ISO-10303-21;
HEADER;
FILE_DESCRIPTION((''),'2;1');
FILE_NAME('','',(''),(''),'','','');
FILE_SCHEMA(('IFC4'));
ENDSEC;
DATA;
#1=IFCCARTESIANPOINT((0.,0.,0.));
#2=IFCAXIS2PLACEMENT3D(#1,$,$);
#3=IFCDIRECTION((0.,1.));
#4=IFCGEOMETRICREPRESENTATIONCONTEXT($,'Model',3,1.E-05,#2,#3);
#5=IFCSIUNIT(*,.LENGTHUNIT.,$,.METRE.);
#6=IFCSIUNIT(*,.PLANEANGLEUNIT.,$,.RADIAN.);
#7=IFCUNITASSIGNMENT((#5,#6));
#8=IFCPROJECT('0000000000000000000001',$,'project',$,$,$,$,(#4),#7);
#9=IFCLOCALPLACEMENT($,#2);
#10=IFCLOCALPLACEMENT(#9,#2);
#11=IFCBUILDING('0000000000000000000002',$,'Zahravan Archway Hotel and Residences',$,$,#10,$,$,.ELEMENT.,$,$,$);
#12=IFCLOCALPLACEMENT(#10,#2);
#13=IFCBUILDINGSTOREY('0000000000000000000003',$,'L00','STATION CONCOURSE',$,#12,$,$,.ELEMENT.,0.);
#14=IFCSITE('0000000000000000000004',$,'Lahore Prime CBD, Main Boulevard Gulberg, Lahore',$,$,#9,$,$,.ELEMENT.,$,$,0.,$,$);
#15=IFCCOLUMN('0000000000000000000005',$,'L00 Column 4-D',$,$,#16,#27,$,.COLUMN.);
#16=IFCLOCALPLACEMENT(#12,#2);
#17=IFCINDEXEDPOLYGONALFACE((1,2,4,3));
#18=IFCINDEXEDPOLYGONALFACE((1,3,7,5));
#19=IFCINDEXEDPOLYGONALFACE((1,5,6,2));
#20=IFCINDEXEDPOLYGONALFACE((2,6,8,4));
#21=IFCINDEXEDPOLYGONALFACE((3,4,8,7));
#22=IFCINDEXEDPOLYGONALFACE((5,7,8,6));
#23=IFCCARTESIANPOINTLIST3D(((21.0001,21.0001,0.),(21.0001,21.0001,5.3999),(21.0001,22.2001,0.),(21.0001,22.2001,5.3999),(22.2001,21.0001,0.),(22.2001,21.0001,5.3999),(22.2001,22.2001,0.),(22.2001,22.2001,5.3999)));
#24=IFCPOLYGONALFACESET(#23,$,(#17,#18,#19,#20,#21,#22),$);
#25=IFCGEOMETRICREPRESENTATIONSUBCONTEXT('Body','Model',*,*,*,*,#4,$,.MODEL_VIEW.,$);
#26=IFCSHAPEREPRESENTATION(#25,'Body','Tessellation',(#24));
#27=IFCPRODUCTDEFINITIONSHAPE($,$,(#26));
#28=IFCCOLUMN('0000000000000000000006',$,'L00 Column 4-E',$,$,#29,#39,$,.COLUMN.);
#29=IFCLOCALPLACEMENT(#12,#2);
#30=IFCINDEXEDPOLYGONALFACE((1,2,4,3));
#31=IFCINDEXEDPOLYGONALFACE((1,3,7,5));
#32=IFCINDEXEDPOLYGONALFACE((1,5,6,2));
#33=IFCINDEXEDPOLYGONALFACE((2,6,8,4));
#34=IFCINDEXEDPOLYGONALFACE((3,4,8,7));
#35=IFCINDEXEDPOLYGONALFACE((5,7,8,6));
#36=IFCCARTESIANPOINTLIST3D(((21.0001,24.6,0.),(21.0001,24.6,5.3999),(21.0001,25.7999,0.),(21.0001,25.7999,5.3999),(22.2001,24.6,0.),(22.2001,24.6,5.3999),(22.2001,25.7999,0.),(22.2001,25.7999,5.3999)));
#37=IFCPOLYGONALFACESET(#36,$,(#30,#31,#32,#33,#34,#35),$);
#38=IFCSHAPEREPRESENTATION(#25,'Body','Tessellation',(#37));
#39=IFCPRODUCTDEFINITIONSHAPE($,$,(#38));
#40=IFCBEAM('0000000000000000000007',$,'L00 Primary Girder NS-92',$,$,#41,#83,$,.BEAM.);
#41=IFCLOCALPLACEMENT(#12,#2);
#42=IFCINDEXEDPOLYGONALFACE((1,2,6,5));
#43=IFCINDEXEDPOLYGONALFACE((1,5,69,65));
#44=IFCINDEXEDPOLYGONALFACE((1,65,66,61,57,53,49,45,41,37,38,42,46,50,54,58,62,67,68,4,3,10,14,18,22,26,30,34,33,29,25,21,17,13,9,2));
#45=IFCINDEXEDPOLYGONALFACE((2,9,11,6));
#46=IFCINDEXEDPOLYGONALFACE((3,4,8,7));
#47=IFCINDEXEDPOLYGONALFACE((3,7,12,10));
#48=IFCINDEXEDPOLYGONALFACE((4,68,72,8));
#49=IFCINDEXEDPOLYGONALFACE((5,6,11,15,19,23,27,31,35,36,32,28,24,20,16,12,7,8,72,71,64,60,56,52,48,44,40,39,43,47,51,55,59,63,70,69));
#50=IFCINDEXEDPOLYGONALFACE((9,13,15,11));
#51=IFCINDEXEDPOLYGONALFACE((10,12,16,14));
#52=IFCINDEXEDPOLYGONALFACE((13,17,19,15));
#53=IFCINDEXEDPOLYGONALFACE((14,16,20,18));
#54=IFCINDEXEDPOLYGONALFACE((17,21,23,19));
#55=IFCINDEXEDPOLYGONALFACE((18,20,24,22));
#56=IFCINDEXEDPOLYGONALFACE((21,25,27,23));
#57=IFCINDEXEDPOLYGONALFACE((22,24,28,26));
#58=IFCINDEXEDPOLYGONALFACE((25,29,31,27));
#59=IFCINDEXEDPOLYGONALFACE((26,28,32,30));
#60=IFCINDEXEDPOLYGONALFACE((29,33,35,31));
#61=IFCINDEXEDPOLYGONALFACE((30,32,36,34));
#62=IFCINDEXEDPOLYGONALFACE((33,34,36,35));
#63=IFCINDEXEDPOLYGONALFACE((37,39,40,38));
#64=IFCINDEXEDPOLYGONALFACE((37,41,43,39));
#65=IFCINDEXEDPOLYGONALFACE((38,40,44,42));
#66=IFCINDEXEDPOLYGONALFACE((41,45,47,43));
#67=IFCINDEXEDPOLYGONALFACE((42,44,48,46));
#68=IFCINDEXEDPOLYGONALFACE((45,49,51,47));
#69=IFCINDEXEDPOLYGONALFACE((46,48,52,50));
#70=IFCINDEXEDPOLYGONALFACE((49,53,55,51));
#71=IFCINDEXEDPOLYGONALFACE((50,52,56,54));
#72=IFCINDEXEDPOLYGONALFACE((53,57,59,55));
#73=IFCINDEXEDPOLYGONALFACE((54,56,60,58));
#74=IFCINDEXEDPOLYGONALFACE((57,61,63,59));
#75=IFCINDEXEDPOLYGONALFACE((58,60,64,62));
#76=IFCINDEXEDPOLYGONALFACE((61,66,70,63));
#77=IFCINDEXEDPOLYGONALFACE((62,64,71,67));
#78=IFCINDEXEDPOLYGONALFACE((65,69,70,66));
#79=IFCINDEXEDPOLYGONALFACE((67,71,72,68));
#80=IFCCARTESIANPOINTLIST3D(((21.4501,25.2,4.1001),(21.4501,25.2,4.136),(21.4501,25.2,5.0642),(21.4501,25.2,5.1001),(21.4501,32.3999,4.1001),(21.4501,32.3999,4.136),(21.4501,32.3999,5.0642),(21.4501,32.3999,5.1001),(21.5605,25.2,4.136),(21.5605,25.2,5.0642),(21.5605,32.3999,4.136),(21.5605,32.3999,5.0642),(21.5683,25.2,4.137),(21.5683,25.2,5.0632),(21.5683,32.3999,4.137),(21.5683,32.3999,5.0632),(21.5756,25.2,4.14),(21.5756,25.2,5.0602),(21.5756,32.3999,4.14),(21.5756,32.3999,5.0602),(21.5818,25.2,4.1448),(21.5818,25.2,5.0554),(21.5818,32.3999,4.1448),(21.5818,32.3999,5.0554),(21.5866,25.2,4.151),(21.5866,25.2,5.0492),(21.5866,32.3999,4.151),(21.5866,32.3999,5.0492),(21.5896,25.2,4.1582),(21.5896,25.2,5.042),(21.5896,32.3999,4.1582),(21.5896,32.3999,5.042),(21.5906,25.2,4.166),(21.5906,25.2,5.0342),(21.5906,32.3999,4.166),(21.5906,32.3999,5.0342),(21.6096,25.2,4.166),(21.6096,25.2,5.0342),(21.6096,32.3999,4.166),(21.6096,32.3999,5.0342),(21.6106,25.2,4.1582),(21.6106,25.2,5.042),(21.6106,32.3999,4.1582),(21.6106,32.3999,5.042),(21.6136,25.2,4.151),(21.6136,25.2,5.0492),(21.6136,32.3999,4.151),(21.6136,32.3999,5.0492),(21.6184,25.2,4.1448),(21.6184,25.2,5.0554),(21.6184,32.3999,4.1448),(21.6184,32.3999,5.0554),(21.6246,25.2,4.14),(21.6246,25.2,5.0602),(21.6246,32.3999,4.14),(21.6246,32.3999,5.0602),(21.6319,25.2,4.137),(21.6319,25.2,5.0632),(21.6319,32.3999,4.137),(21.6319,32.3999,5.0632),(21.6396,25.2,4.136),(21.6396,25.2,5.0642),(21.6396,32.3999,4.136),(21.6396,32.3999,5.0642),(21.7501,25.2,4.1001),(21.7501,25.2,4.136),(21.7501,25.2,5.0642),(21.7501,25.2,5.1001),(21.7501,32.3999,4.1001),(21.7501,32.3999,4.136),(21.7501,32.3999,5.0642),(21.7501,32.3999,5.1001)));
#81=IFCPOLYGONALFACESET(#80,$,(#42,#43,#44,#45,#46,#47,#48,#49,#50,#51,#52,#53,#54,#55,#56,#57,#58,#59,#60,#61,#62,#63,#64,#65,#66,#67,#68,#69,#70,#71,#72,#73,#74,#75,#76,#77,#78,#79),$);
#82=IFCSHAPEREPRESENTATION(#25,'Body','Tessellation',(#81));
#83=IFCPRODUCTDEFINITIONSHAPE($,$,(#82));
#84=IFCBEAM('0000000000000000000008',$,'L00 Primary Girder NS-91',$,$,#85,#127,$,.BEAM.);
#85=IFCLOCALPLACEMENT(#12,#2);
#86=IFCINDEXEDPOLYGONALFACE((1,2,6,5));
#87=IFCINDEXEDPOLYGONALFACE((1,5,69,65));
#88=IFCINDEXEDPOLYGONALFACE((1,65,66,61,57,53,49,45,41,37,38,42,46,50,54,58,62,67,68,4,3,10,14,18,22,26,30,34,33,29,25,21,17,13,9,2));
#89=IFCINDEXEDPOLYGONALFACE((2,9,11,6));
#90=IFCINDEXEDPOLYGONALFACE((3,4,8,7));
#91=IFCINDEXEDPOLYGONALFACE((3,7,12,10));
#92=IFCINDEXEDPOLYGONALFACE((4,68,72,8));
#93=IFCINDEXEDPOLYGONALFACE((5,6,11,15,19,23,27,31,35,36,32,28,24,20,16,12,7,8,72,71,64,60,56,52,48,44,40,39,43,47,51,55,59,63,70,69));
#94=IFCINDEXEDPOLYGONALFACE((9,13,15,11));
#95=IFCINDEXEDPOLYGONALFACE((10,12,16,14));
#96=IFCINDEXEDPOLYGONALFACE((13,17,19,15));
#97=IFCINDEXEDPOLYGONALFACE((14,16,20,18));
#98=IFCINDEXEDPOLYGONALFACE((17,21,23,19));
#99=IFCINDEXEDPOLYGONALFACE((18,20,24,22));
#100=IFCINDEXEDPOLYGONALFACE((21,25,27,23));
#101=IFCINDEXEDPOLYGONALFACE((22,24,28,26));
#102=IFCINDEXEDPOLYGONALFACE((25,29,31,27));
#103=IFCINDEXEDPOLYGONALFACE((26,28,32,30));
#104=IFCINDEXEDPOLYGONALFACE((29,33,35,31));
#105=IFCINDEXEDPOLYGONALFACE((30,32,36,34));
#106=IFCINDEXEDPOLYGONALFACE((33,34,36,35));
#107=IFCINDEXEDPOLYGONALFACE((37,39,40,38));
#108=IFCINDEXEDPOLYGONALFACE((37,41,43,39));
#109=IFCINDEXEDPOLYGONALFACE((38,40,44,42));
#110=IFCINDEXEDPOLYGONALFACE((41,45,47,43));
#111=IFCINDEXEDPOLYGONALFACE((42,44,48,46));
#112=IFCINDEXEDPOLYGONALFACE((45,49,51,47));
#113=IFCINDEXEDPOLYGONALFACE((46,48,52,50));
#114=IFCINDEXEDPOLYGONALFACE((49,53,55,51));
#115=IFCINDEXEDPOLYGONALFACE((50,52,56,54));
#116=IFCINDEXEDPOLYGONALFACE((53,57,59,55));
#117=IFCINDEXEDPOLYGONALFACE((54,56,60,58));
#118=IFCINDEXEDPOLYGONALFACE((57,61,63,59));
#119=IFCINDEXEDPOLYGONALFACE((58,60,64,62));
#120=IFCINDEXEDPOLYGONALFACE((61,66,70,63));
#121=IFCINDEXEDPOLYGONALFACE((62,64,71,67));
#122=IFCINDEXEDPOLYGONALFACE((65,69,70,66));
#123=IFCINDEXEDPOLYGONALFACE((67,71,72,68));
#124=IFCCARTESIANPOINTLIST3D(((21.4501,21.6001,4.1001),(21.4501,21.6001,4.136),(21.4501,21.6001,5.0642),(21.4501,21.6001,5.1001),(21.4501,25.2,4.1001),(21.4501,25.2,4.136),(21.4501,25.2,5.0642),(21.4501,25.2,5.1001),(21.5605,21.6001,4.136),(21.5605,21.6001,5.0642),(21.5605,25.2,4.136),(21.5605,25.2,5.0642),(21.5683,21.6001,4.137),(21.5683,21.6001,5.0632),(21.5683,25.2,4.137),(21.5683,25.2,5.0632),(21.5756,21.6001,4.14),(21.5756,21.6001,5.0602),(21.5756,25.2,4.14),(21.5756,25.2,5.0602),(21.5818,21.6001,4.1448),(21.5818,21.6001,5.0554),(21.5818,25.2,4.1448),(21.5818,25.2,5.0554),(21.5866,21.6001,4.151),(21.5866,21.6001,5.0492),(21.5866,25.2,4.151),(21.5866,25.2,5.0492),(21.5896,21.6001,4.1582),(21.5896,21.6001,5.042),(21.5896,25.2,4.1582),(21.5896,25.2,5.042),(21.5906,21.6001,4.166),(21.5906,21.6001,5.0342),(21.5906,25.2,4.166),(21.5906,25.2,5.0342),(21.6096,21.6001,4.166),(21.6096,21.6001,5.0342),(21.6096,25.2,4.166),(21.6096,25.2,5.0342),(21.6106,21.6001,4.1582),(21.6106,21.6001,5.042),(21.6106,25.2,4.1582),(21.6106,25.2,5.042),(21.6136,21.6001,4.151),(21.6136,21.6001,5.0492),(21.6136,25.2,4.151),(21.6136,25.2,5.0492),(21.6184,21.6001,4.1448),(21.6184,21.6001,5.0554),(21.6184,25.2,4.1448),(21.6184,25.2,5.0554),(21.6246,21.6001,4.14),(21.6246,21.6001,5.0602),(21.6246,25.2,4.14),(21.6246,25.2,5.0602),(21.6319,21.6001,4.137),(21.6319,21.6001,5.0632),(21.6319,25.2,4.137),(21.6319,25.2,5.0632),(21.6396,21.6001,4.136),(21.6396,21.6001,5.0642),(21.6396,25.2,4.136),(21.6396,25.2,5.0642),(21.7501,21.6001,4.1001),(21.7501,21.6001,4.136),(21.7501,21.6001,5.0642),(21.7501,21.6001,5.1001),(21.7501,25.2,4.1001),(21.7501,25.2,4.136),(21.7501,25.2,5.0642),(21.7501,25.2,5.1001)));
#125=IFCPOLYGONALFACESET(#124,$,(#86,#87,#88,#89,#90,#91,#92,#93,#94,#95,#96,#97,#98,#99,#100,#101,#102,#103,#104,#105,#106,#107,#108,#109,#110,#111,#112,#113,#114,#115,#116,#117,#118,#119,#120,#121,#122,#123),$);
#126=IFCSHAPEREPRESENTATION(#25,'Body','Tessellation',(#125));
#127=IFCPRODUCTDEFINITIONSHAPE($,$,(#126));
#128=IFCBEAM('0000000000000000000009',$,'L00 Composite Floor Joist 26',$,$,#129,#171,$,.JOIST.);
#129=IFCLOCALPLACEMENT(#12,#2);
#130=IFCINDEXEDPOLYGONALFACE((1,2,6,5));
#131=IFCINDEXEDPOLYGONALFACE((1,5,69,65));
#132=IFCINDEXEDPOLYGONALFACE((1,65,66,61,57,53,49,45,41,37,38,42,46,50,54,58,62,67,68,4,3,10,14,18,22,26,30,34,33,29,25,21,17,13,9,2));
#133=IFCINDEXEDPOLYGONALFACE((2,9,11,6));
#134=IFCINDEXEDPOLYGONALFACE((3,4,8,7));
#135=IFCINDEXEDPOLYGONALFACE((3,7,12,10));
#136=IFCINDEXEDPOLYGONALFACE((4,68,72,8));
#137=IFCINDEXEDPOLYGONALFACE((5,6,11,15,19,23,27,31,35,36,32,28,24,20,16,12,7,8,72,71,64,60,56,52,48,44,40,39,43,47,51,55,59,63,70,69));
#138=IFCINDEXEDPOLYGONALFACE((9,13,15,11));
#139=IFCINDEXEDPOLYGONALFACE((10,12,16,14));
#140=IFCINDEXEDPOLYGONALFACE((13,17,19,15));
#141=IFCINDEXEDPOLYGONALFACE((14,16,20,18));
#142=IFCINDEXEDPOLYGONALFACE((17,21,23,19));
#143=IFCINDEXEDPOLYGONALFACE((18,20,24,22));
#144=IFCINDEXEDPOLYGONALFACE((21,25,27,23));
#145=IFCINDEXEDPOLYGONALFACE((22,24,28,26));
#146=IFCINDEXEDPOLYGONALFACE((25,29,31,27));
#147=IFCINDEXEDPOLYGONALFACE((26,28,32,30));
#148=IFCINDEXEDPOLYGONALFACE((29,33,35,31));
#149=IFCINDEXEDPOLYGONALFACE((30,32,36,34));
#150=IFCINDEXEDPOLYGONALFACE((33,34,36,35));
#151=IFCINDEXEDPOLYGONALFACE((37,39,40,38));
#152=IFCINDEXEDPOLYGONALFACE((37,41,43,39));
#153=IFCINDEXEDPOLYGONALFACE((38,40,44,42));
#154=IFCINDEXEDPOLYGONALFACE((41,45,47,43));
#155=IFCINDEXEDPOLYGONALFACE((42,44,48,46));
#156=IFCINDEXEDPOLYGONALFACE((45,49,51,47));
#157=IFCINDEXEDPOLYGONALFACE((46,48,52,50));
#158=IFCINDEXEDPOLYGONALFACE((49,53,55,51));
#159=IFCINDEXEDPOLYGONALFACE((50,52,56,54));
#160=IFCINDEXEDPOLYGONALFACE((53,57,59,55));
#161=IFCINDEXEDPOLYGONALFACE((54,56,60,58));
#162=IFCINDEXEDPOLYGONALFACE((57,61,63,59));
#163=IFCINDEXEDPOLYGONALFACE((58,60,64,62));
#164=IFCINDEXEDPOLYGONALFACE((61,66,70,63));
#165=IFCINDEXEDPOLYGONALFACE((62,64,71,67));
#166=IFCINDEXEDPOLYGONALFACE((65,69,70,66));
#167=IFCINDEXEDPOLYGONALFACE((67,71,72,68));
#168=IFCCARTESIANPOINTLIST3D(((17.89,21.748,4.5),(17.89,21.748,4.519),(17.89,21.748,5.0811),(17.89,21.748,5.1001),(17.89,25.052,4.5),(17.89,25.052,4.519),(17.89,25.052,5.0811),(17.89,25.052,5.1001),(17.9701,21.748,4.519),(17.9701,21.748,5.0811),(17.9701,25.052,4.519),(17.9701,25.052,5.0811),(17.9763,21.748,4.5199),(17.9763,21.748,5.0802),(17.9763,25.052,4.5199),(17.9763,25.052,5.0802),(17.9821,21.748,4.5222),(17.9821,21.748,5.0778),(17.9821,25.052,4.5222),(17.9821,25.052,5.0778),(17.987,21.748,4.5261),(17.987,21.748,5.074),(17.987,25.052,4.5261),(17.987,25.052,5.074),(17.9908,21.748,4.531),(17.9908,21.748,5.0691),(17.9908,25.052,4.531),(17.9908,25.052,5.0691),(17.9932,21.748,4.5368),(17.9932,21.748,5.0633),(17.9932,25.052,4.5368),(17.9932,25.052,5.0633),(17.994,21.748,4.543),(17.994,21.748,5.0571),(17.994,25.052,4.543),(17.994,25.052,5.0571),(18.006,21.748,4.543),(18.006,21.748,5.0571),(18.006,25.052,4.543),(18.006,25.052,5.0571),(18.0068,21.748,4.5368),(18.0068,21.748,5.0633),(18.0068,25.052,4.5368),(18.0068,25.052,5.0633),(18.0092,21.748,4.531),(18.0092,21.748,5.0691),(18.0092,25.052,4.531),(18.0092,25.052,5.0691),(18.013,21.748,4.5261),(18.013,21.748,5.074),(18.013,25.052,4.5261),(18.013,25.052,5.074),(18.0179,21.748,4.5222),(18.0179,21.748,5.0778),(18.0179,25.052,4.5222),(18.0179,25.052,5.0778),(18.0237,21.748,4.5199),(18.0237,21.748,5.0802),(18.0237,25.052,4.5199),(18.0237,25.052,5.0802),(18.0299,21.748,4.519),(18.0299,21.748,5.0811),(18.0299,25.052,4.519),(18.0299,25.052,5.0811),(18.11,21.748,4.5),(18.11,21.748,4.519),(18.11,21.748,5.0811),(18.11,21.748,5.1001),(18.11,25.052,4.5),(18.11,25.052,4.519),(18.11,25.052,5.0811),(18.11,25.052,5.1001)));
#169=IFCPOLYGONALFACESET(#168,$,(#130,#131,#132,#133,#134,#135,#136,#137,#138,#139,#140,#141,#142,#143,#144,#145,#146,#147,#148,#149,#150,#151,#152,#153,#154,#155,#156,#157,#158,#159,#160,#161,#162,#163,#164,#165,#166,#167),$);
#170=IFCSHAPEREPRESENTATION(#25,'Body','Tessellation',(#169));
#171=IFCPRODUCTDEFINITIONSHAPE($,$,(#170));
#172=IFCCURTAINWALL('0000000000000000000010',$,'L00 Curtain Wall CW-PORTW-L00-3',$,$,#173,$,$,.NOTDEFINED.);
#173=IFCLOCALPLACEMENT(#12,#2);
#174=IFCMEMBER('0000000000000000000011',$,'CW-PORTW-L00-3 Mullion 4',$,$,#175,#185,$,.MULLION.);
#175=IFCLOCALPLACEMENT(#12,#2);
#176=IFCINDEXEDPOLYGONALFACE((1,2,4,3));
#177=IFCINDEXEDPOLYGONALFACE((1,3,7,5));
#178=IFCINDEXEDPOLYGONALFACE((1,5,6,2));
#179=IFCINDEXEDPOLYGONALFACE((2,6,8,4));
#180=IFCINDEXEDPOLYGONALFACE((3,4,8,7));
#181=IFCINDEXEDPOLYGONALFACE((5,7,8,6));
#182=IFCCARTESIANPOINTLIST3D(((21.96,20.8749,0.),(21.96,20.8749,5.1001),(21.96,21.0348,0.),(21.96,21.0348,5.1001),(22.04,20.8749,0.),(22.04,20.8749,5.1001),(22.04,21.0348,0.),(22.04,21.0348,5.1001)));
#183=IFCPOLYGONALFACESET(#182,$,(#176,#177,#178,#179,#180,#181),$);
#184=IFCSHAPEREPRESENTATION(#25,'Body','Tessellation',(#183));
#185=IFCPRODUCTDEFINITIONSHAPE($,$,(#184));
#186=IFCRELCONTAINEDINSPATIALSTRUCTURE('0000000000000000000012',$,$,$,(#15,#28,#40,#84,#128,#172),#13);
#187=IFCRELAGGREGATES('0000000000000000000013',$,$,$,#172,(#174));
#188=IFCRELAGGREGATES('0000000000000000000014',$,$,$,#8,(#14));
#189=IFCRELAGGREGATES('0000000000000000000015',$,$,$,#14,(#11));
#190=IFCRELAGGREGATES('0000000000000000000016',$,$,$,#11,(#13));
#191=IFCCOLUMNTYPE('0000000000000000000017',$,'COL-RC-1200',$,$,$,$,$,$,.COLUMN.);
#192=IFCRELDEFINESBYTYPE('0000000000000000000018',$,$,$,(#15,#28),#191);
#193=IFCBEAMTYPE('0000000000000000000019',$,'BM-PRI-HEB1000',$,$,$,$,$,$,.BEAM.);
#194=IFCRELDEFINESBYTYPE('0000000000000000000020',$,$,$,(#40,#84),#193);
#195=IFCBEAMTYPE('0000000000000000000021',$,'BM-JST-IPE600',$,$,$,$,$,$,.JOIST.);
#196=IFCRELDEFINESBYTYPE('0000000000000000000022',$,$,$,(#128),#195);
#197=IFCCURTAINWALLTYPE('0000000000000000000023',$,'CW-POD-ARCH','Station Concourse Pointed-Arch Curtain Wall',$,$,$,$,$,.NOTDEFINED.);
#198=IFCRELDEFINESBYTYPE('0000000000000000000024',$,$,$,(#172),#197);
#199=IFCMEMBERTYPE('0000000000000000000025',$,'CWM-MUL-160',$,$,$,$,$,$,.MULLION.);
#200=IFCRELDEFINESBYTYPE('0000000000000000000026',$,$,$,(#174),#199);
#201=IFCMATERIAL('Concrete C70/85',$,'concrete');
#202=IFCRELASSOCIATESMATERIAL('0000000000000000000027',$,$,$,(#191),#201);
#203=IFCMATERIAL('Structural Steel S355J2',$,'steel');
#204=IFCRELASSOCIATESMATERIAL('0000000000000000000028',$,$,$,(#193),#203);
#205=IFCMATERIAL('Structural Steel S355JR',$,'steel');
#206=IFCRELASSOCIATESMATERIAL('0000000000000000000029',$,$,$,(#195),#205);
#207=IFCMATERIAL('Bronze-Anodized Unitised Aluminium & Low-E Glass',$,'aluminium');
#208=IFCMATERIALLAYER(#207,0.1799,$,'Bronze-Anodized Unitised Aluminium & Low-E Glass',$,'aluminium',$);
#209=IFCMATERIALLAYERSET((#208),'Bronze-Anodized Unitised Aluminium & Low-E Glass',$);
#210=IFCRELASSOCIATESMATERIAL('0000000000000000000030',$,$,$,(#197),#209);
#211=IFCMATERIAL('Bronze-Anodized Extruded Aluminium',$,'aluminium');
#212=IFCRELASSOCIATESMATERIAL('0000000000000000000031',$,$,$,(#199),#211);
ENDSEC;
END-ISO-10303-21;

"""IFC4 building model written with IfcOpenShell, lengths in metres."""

from ifc_helpers import new_model, si_unit, direction, frame, origin, origin_2d, place, context, subcontext, project, spatial, rectangle, i_section, extrude, source, transform, mapped, material, layer, layer_set, material_profile, profile_set, type_object, element, aggregate, save


model = new_model("IFC4")

# Units and contexts
model_context = context("Model", 3, precision=1e-05, world=origin(), true_north=direction((0.0, 1.0)))
body_context = subcontext(model_context, "Body", "Model", "MODEL_VIEW")
ifc_project = project(units=[si_unit("LENGTHUNIT", "METRE"), si_unit("PLANEANGLEUNIT", "RADIAN")], contexts=[model_context])

# Site, building, storey
site_placement = place(None, origin())
site = spatial("IfcSite", under=ifc_project, at=site_placement, Name="Lahore Prime CBD, Main Boulevard Gulberg, Lahore", CompositionType="ELEMENT", RefElevation=0.0)
building_placement = place(site_placement, origin())
building = spatial("IfcBuilding", under=site, at=building_placement, Name="Zahravan Archway Hotel and Residences", CompositionType="ELEMENT")
storey_placement = place(building_placement, origin())
storey = spatial("IfcBuildingStorey", under=building, at=storey_placement, Name="L00", Description="STATION CONCOURSE", CompositionType="ELEMENT", Elevation=0.0)

# Columns
ifc_material_1 = material(Name="Concrete C70/85", Category="concrete")
ifc_material_profile_1 = material_profile(ifc_material_1, rectangle(XDim=1.2, YDim=1.2, at=origin_2d()), Name="RC-COL-1200x1200", Category="concrete")
ifc_profile_set_1 = profile_set([ifc_material_profile_1], Name="Concrete C70/85")
column_type = type_object("IfcColumnType", Name="COL-RC-1200", PredefinedType="COLUMN", material=ifc_profile_set_1)
shared_shape_1 = source(origin(), body_context, "Body", "SweptSolid", [
    extrude(rectangle(XDim=1.2, YDim=1.2, at=origin_2d()), origin(), (0.0, 0.0, 1.0), 5.3999),
])
for number, where, z_axis, x_axis, name in (
    (1, (21.6001, 21.6001, 0.0), (0.0, 0.0, 1.0), (1.0, 0.0, 0.0), "L00 Column 4-D"),
    (2, (21.6001, 25.2, 0.0), (0.0, 0.0, 1.0), (1.0, 0.0, 0.0), "L00 Column 4-E"),
):
    element("IfcColumn", number, at=place(storey_placement, frame(where, z_axis=z_axis, x_axis=x_axis)), inside=storey, type_object=column_type, Name=name, PredefinedType="COLUMN", context=body_context, shape_type="MappedRepresentation", body=[
        mapped(shared_shape_1, transform((0.0, 0.0, 0.0), scale=1.0)),
    ])

# Beams
ifc_material_2 = material(Name="Structural Steel S355J2", Category="steel")
ifc_material_profile_2 = material_profile(ifc_material_2, i_section(OverallWidth=0.3, OverallDepth=1.0, WebThickness=0.019, FlangeThickness=0.0359, FilletRadius=0.03, at=origin_2d()), Name="HEB 1000", Category="steel")
ifc_profile_set_2 = profile_set([ifc_material_profile_2], Name="Structural Steel S355J2")
beam_type_1 = type_object("IfcBeamType", Name="BM-PRI-HEB1000", PredefinedType="BEAM", material=ifc_profile_set_2)
shared_shape_2 = source(origin(), body_context, "Body", "SweptSolid", [
    extrude(i_section(OverallWidth=0.3, OverallDepth=1.0, WebThickness=0.019, FlangeThickness=0.0359, FilletRadius=0.03, at=origin_2d()), origin(), (0.0, 0.0, 1.0), 7.2),
])
beam_1_placement = place(storey_placement, frame((21.6001, 25.2, 4.6001), z_axis=(0.0, 1.0, 0.0), x_axis=(-1.0, 0.0, 0.0)))
element("IfcBeam", 3, at=beam_1_placement, inside=storey, type_object=beam_type_1, Name="L00 Primary Girder NS-92", PredefinedType="BEAM", context=body_context, shape_type="MappedRepresentation", body=[
    mapped(shared_shape_2, transform((0.0, 0.0, 0.0), scale=1.0)),
])
shared_shape_3 = source(origin(), body_context, "Body", "SweptSolid", [
    extrude(i_section(OverallWidth=0.3, OverallDepth=1.0, WebThickness=0.019, FlangeThickness=0.0359, FilletRadius=0.03, at=origin_2d()), origin(), (0.0, 0.0, 1.0), 3.5999),
])
beam_2_placement = place(storey_placement, frame((21.6001, 21.6001, 4.6001), z_axis=(0.0, 1.0, 0.0), x_axis=(-1.0, 0.0, 0.0)))
element("IfcBeam", 4, at=beam_2_placement, inside=storey, type_object=beam_type_1, Name="L00 Primary Girder NS-91", PredefinedType="BEAM", context=body_context, shape_type="MappedRepresentation", body=[
    mapped(shared_shape_3, transform((0.0, 0.0, 0.0), scale=1.0)),
])
ifc_material_3 = material(Name="Structural Steel S355JR", Category="steel")
ifc_material_profile_3 = material_profile(ifc_material_3, i_section(OverallWidth=0.22, OverallDepth=0.6001, WebThickness=0.012, FlangeThickness=0.019, FilletRadius=0.0239, at=origin_2d()), Name="IPE 600", Category="steel")
ifc_profile_set_3 = profile_set([ifc_material_profile_3], Name="Structural Steel S355JR")
beam_type_2 = type_object("IfcBeamType", Name="BM-JST-IPE600", PredefinedType="JOIST", material=ifc_profile_set_3)
shared_shape_4 = source(origin(), body_context, "Body", "SweptSolid", [
    extrude(i_section(OverallWidth=0.22, OverallDepth=0.6001, WebThickness=0.012, FlangeThickness=0.019, FilletRadius=0.0239, at=origin_2d()), origin(), (0.0, 0.0, 1.0), 3.304),
])
beam_3_placement = place(storey_placement, frame((18.0, 21.748, 4.8), z_axis=(0.0, 1.0, 0.0), x_axis=(-1.0, 0.0, 0.0)))
element("IfcBeam", 5, at=beam_3_placement, inside=storey, type_object=beam_type_2, Name="L00 Composite Floor Joist 26", PredefinedType="JOIST", context=body_context, shape_type="MappedRepresentation", body=[
    mapped(shared_shape_4, transform((0.0, 0.0, 0.0), scale=1.0)),
])

# Curtain wall, member
ifc_material_4 = material(Name="Bronze-Anodized Unitised Aluminium & Low-E Glass", Category="aluminium")
ifc_layer_1 = layer(ifc_material_4, 0.1799, Name="Bronze-Anodized Unitised Aluminium & Low-E Glass", Category="aluminium")
ifc_layer_set_1 = layer_set([ifc_layer_1], Name="Bronze-Anodized Unitised Aluminium & Low-E Glass")
curtain_wall_type = type_object("IfcCurtainWallType", Name="CW-POD-ARCH", Description="Station Concourse Pointed-Arch Curtain Wall", PredefinedType="NOTDEFINED", material=ifc_layer_set_1)
curtain_wall_1_placement = place(storey_placement, origin())
curtain_wall_1 = element("IfcCurtainWall", 6, at=curtain_wall_1_placement, inside=storey, type_object=curtain_wall_type, Name="L00 Curtain Wall CW-PORTW-L00-3", PredefinedType="NOTDEFINED")
ifc_material_5 = material(Name="Bronze-Anodized Extruded Aluminium", Category="aluminium")
ifc_material_profile_4 = material_profile(ifc_material_5, rectangle(XDim=0.0801, YDim=0.1599, at=origin_2d()), Name="MUL 80x160", Category="aluminium")
ifc_profile_set_4 = profile_set([ifc_material_profile_4], Name="Bronze-Anodized Extruded Aluminium")
member_type_1 = type_object("IfcMemberType", Name="CWM-MUL-160", PredefinedType="MULLION", material=ifc_profile_set_4)
shared_shape_5 = source(origin(), body_context, "Body", "SweptSolid", [
    extrude(rectangle(XDim=0.0801, YDim=0.1599, at=origin_2d()), origin(), (0.0, 0.0, 1.0), 5.1001),
])
member_1_placement = place(storey_placement, frame((22.0, 20.9548, 0.0), z_axis=(0.0, 0.0, 1.0), x_axis=(1.0, 0.0, 0.0)))
member_1 = element("IfcMember", 7, at=member_1_placement, type_object=member_type_1, Name="CW-PORTW-L00-3 Mullion 4", PredefinedType="MULLION", context=body_context, shape_type="MappedRepresentation", body=[
    mapped(shared_shape_5, transform((0.0, 0.0, 0.0), scale=1.0)),
])

aggregate(curtain_wall_1, [member_1])

save(model, "model.ifc")
